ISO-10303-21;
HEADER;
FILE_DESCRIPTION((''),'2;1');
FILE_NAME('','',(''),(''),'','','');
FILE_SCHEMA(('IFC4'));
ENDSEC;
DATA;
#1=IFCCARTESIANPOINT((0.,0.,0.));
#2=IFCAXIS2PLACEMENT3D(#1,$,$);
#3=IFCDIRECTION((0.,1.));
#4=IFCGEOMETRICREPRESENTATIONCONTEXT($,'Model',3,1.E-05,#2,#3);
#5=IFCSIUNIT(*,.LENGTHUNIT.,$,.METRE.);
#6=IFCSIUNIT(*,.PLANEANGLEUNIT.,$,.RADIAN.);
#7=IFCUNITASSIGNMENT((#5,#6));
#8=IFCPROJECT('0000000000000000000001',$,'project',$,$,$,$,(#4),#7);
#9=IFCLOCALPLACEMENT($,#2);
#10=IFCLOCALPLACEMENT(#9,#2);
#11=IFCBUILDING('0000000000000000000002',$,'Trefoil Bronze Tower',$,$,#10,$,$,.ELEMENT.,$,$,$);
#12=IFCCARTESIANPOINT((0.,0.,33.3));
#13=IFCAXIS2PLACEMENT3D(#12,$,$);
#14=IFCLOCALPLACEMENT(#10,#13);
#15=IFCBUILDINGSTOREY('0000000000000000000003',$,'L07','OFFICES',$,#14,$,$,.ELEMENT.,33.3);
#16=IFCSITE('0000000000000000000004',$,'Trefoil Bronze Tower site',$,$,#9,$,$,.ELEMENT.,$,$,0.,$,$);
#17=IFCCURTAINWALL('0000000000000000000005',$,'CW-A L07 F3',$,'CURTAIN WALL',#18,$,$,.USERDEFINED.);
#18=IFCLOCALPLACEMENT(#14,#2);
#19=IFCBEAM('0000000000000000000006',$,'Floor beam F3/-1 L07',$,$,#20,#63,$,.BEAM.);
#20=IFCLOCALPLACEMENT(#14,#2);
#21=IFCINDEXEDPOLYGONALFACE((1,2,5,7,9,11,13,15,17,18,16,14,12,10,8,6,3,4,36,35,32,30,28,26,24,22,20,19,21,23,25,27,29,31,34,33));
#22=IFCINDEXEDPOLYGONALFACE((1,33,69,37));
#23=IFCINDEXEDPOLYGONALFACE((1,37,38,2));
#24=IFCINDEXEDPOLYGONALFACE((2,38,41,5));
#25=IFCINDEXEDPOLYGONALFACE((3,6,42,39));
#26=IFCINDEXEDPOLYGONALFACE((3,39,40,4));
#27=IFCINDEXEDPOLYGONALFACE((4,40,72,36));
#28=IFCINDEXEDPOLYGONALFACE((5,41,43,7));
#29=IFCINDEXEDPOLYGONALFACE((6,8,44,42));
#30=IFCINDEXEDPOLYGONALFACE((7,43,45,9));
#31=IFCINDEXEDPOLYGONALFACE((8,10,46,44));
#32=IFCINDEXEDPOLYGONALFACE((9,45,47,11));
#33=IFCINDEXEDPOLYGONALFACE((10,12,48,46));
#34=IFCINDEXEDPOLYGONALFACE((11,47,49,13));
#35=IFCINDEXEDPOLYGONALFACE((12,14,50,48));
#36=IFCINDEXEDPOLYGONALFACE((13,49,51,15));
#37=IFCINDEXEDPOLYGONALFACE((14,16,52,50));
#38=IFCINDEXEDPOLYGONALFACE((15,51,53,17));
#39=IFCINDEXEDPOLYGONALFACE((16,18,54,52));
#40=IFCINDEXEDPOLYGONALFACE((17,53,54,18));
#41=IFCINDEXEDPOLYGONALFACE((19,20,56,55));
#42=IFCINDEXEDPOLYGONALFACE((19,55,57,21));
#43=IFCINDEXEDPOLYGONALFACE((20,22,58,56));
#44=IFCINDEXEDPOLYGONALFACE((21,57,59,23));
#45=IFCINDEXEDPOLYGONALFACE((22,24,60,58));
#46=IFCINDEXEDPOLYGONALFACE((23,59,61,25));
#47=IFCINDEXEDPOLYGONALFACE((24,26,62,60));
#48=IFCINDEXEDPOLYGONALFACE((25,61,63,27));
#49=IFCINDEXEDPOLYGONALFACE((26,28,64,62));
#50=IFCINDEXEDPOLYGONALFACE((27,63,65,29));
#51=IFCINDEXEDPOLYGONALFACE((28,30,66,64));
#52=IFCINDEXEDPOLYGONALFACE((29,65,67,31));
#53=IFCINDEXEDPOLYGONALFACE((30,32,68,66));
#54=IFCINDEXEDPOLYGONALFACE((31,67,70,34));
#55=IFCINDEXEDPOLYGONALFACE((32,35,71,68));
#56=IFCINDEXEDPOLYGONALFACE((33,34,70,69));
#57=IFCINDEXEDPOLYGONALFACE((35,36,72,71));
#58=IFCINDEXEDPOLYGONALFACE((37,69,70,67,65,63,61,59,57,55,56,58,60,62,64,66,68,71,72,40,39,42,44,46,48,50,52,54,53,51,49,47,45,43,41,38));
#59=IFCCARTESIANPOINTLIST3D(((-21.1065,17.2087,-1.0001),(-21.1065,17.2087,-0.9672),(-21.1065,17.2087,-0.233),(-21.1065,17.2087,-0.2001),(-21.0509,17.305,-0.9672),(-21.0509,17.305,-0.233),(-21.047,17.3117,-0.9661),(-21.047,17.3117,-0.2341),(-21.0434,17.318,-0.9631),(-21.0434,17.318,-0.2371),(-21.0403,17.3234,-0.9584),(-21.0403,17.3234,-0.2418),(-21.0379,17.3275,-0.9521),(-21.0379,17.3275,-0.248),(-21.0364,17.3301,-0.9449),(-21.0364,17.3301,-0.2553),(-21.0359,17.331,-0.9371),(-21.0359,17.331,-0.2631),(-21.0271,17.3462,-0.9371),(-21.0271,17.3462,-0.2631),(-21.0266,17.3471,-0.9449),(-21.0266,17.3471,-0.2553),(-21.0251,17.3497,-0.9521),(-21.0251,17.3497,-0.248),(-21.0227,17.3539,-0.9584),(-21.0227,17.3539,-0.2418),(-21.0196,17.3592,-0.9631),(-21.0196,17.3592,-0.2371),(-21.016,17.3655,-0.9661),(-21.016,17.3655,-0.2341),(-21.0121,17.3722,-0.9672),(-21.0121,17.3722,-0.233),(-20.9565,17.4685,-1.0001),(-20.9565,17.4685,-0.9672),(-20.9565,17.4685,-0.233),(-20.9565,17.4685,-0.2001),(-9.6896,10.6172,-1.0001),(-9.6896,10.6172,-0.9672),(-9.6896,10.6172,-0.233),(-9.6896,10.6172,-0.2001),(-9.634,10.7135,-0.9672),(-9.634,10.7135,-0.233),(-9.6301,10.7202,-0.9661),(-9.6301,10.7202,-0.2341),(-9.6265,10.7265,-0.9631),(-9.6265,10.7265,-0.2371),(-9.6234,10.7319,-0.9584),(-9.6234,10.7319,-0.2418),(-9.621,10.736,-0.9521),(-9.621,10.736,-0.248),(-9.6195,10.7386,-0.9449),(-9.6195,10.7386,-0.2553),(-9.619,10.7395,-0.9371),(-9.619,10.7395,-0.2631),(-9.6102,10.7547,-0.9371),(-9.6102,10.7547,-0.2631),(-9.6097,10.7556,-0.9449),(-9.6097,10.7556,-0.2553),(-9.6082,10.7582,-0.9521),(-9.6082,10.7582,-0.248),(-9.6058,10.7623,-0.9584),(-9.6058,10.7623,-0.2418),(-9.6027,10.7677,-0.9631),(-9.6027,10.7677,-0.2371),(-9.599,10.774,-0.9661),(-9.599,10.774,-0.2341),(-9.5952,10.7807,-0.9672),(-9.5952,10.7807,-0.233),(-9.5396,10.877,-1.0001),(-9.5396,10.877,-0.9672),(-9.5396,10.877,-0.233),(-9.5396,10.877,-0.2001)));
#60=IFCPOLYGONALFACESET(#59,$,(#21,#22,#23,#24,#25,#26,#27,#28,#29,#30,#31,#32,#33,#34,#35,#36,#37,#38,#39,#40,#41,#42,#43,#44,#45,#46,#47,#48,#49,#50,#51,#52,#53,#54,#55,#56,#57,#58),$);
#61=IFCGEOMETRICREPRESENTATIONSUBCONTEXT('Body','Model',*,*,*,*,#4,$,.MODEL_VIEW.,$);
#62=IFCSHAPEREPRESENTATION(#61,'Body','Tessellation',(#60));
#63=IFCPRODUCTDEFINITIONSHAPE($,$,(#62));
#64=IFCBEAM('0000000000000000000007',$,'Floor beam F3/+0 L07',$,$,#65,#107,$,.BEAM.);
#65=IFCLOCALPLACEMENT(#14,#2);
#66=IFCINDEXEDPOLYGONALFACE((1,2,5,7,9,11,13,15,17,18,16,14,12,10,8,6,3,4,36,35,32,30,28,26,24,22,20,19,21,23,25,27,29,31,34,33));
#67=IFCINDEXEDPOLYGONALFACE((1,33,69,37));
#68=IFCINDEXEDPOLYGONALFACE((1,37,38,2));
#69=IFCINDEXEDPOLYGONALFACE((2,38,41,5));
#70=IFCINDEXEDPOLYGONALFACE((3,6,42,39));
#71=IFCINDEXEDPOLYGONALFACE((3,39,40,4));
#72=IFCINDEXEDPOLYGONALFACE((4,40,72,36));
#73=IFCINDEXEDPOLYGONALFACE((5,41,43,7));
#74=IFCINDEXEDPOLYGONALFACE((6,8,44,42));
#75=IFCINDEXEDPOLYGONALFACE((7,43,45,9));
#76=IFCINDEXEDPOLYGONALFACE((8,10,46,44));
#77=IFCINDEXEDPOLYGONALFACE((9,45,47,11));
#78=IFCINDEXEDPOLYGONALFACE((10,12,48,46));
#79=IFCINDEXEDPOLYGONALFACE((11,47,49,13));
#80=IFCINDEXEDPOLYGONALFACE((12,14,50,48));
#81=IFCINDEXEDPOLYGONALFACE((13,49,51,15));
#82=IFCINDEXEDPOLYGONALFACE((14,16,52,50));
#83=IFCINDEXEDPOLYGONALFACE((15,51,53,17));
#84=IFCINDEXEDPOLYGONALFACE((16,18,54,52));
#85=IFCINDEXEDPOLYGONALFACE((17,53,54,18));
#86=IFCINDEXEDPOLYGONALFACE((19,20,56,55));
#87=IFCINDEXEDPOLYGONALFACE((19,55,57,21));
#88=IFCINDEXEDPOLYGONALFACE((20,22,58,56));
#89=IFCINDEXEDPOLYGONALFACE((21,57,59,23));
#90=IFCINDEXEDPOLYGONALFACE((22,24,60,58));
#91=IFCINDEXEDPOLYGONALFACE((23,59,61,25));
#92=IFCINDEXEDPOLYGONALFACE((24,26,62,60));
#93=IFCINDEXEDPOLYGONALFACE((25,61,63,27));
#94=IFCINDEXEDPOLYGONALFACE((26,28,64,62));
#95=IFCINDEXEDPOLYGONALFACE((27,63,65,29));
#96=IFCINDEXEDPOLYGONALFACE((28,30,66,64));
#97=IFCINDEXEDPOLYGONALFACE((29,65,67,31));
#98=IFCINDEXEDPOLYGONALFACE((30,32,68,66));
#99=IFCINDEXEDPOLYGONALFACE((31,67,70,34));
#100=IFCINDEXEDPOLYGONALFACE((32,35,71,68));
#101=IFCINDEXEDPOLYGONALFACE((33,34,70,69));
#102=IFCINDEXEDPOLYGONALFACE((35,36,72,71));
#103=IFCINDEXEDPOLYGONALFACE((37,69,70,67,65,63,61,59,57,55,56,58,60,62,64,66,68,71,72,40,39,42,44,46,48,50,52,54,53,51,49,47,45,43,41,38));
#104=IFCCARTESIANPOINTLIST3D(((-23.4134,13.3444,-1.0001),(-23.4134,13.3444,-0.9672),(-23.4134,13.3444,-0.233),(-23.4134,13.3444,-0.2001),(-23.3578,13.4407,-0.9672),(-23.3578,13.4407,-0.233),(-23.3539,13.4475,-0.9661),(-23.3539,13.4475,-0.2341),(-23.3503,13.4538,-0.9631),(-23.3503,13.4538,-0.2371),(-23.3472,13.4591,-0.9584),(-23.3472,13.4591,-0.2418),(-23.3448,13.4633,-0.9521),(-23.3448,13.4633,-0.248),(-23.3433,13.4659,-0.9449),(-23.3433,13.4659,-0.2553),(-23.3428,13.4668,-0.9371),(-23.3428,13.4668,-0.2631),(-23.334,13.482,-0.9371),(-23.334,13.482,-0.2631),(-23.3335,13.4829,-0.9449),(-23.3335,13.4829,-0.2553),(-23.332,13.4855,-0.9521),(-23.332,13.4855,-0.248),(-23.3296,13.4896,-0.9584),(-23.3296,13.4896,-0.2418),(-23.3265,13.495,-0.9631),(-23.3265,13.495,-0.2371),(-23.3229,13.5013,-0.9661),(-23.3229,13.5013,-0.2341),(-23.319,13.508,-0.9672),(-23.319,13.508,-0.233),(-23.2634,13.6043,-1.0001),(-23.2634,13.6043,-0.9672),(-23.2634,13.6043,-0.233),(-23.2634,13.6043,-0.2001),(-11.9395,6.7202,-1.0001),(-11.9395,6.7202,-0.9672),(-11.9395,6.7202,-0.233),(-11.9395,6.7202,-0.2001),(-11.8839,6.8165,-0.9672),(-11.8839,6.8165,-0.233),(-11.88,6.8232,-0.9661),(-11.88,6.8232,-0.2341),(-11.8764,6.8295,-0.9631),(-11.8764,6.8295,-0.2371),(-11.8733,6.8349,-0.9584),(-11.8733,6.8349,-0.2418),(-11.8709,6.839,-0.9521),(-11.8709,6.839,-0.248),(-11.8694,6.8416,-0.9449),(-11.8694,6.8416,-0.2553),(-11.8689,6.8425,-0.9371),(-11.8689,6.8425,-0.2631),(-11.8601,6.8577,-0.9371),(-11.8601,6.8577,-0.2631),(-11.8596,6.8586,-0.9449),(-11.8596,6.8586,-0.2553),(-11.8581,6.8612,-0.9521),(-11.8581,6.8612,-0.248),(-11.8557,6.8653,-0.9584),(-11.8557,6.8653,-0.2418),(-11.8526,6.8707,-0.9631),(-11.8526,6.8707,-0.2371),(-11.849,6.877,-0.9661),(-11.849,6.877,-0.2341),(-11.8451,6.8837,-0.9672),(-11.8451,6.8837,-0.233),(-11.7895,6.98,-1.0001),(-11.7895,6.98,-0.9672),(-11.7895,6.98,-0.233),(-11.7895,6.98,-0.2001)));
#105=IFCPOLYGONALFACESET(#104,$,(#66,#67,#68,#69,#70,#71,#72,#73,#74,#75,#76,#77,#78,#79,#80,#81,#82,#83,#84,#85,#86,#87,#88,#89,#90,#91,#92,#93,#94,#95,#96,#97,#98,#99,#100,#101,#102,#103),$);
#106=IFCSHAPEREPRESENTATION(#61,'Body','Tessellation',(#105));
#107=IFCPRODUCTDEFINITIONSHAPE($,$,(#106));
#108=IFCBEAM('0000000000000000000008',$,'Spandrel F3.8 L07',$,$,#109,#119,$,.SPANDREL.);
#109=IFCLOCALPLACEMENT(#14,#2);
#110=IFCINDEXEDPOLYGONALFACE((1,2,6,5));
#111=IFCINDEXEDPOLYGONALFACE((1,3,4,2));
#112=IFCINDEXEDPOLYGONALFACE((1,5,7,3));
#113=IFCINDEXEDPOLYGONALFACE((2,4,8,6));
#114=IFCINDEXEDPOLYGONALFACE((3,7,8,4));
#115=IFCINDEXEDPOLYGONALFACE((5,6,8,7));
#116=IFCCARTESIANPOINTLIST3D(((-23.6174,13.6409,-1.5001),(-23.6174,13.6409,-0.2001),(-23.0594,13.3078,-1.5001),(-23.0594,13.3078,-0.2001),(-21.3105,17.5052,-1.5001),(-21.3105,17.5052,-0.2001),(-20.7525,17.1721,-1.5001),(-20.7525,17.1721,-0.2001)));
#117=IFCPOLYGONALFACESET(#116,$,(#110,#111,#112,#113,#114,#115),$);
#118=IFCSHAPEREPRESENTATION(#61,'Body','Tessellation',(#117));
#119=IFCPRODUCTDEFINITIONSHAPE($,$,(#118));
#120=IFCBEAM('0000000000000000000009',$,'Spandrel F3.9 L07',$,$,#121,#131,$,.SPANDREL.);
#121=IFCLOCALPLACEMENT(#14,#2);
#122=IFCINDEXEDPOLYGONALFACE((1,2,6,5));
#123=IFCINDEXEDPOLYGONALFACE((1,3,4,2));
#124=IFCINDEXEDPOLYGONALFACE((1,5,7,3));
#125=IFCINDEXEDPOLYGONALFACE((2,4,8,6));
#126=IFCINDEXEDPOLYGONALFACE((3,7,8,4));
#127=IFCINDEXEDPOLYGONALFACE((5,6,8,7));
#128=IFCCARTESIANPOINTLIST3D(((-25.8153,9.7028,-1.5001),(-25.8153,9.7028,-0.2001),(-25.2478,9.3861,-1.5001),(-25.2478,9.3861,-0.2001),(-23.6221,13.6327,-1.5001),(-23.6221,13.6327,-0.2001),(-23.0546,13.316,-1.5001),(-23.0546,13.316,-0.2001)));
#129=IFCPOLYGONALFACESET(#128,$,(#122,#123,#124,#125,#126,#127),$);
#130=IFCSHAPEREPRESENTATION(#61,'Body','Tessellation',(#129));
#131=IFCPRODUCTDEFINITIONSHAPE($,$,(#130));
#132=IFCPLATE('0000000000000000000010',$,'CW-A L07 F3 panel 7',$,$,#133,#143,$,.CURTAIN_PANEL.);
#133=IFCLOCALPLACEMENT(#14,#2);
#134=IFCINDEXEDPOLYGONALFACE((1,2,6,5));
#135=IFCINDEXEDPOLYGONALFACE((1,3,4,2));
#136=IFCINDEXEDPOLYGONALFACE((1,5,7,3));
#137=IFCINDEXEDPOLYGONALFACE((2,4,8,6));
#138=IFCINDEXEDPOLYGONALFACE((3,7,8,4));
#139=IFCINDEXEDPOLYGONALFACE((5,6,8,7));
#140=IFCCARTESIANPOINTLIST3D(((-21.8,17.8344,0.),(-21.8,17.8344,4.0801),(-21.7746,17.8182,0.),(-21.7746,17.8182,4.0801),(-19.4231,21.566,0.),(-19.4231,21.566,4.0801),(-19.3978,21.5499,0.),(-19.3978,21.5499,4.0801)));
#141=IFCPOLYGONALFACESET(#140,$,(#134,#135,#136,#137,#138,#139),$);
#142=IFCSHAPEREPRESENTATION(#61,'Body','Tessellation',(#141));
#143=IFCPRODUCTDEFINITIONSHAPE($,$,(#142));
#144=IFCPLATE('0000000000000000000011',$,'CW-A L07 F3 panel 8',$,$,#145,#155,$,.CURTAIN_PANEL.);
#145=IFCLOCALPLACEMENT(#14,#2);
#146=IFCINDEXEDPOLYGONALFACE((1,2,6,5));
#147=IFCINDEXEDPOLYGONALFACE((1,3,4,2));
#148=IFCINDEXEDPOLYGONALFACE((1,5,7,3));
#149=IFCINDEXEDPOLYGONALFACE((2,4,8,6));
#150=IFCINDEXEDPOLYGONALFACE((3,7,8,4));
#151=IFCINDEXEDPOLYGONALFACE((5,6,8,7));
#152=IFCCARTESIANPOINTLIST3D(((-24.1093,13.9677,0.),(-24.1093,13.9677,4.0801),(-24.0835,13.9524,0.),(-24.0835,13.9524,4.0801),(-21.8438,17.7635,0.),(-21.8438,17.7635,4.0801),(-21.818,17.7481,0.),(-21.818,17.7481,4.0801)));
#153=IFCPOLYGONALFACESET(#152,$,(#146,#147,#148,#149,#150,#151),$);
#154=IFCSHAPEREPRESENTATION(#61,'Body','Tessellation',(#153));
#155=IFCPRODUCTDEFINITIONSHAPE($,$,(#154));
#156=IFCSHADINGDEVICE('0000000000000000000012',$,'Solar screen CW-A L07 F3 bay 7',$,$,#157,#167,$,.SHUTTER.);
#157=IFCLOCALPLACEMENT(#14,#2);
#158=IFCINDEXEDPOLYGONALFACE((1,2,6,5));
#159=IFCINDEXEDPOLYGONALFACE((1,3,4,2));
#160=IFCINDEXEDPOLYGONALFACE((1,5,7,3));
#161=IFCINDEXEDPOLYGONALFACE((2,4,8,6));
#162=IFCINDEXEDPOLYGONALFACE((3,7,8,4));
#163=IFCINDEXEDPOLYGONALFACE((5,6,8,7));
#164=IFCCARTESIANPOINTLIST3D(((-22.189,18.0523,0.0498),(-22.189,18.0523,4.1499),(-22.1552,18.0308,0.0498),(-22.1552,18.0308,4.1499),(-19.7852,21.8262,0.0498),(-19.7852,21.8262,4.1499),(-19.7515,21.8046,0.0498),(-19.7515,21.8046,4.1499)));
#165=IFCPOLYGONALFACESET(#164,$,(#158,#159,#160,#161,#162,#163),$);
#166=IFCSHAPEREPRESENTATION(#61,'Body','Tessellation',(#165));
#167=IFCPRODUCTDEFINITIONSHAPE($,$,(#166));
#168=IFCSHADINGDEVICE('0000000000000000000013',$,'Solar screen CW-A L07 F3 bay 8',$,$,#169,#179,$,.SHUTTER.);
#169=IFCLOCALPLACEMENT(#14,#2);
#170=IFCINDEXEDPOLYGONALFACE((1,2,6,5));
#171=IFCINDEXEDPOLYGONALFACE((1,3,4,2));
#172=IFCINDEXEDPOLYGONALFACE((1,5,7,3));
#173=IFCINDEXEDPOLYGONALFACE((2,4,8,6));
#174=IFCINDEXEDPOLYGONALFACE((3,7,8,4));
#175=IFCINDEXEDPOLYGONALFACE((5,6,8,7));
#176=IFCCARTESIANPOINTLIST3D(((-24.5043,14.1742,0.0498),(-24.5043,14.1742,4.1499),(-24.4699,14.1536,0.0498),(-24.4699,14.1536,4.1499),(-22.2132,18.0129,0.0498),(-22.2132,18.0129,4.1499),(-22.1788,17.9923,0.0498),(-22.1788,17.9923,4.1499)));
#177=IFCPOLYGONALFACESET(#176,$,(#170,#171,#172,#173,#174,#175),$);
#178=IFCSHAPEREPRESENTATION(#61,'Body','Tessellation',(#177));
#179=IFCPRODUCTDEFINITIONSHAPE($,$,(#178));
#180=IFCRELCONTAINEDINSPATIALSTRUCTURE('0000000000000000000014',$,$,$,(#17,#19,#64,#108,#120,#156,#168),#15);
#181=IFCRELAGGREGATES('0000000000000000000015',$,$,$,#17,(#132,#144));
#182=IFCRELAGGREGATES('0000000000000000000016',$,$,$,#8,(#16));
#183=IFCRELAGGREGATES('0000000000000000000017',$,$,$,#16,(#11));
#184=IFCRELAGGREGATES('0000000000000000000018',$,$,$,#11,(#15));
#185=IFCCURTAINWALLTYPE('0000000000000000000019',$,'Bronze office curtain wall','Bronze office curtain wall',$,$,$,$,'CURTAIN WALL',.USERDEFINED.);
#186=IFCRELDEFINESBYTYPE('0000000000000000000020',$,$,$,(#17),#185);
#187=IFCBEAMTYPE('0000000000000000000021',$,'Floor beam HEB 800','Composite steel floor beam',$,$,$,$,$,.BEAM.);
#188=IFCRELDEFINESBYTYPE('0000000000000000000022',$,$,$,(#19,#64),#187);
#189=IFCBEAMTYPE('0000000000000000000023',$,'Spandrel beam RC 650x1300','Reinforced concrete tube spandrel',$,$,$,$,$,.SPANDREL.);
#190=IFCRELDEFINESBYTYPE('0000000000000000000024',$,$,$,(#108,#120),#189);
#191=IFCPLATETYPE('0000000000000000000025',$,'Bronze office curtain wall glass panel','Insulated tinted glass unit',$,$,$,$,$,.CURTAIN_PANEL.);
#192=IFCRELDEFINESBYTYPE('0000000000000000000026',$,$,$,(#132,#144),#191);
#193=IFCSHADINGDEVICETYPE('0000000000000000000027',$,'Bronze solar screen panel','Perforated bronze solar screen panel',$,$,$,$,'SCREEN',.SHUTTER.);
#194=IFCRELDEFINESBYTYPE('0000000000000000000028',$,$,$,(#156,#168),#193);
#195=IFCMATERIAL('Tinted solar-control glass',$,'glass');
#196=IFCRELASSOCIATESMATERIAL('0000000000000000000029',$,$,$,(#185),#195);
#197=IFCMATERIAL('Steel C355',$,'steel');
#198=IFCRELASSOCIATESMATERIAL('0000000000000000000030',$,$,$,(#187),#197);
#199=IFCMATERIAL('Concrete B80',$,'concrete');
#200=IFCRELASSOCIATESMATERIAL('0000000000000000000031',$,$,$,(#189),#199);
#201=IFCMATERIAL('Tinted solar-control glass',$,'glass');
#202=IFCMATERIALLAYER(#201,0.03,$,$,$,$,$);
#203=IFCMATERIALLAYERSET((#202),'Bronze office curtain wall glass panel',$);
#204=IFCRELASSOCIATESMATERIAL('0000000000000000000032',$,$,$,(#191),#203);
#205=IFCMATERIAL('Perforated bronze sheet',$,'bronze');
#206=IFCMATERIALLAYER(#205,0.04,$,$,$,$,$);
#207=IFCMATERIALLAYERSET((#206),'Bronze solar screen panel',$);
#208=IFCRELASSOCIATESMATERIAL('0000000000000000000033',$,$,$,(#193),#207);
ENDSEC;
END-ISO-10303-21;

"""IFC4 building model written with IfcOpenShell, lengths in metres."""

from ifc_helpers import new_model, si_unit, direction, frame, origin, origin_2d, place, context, subcontext, project, spatial, rectangle, i_section, extrude, material, layer, layer_set, material_profile, profile_set, type_object, element, aggregate, save


model = new_model("IFC4")

# Units and contexts
model_context = context("Model", 3, precision=1e-05, world=origin(), true_north=direction((0.0, 1.0)))
body_context = subcontext(model_context, "Body", "Model", "MODEL_VIEW")
ifc_project = project(units=[si_unit("LENGTHUNIT", "METRE"), si_unit("PLANEANGLEUNIT", "RADIAN")], contexts=[model_context])

# Site, building, storey
site_placement = place(None, origin())
site = spatial("IfcSite", under=ifc_project, at=site_placement, Name="Trefoil Bronze Tower site", CompositionType="ELEMENT", RefElevation=0.0)
building_placement = place(site_placement, origin())
building = spatial("IfcBuilding", under=site, at=building_placement, Name="Trefoil Bronze Tower", CompositionType="ELEMENT")
storey_placement = place(building_placement, frame((0.0, 0.0, 33.3)))
storey = spatial("IfcBuildingStorey", under=building, at=storey_placement, Name="L07", Description="OFFICES", CompositionType="ELEMENT", Elevation=33.3)

# Curtain wall
ifc_material_1 = material(Name="Tinted solar-control glass", Category="glass")
curtain_wall_type = type_object("IfcCurtainWallType", Name="Bronze office curtain wall", Description="Bronze office curtain wall", ElementType="CURTAIN WALL", PredefinedType="USERDEFINED", material=ifc_material_1)
curtain_wall_placement = place(storey_placement, origin())
curtain_wall = element("IfcCurtainWall", 1, at=curtain_wall_placement, inside=storey, type_object=curtain_wall_type, Name="CW-A L07 F3", ObjectType="CURTAIN WALL", PredefinedType="USERDEFINED")

# Beams
ifc_material_2 = material(Name="Steel C355", Category="steel")
ifc_material_profile_1 = material_profile(ifc_material_2, i_section(OverallWidth=0.3, OverallDepth=0.8, WebThickness=0.0176, FlangeThickness=0.033, FilletRadius=0.03, at=origin_2d()), Name="HEB 800")
ifc_profile_set_1 = profile_set([ifc_material_profile_1], Name="Steel C355")
beam_type_1 = type_object("IfcBeamType", Name="Floor beam HEB 800", Description="Composite steel floor beam", PredefinedType="BEAM", material=ifc_profile_set_1)
beam_1_placement = place(storey_placement, frame((-21.0315, 17.3386, -0.6001), z_axis=(0.866027, -0.499997, 0.0), x_axis=(0.499997, 0.866027, 0.0)))
element("IfcBeam", 2, at=beam_1_placement, inside=storey, type_object=beam_type_1, Name="Floor beam F3/-1 L07", PredefinedType="BEAM", context=body_context, shape_type="SweptSolid", body=[
    extrude(i_section(OverallWidth=0.3, OverallDepth=0.8, WebThickness=0.0176, FlangeThickness=0.033, FilletRadius=0.03, at=origin_2d()), origin(), (0.0, 0.0, 1.0), 13.1831),
])
beam_2_placement = place(storey_placement, frame((-23.3384, 13.4744, -0.6001), z_axis=(0.866031, -0.49999, 0.0), x_axis=(0.49999, 0.866031, 0.0)))
element("IfcBeam", 3, at=beam_2_placement, inside=storey, type_object=beam_type_1, Name="Floor beam F3/+0 L07", PredefinedType="BEAM", context=body_context, shape_type="SweptSolid", body=[
    extrude(i_section(OverallWidth=0.3, OverallDepth=0.8, WebThickness=0.0176, FlangeThickness=0.033, FilletRadius=0.03, at=origin_2d()), origin(), (0.0, 0.0, 1.0), 13.2488),
])
ifc_material_3 = material(Name="Concrete B80", Category="concrete")
ifc_material_profile_2 = material_profile(ifc_material_3, rectangle(XDim=0.6499, YDim=1.3, at=origin_2d()), Name="RC 650x1300")
ifc_profile_set_2 = profile_set([ifc_material_profile_2], Name="Concrete B80")
beam_type_2 = type_object("IfcBeamType", Name="Spandrel beam RC 650x1300", Description="Reinforced concrete tube spandrel", PredefinedType="SPANDREL", material=ifc_profile_set_2)
for number, where, z_axis, x_axis, name in (
    (4, (-21.0315, 17.3386, -0.8501), (-0.512588, -0.858635, 0.0), (0.858635, -0.512588, 0.0), "Spandrel F3.8 L07"),
    (5, (-23.3384, 13.4744, -0.8501), (-0.487309, -0.873229, 0.0), (0.873229, -0.487309, 0.0), "Spandrel F3.9 L07"),
):
    element("IfcBeam", number, at=place(storey_placement, frame(where, z_axis=z_axis, x_axis=x_axis)), inside=storey, type_object=beam_type_2, Name=name, PredefinedType="SPANDREL", context=body_context, shape_type="SweptSolid", body=[
        extrude(rectangle(XDim=0.6499, YDim=1.3, at=origin_2d()), origin(), (0.0, 0.0, 1.0), 4.5005),
    ])

# Plates
ifc_material_4 = material(Name="Tinted solar-control glass", Category="glass")
ifc_layer_1 = layer(ifc_material_4, 0.03)
ifc_layer_set_1 = layer_set([ifc_layer_1], Name="Bronze office curtain wall glass panel")
plate_type = type_object("IfcPlateType", Name="Bronze office curtain wall glass panel", Description="Insulated tinted glass unit", PredefinedType="CURTAIN_PANEL", material=ifc_layer_set_1)
plate_1_placement = place(storey_placement, frame((-20.5989, 19.6921, 0.0), z_axis=(0.0, 0.0, 1.0), x_axis=(-0.537222, -0.843441, 0.0)))
plate_1 = element("IfcPlate", 6, at=plate_1_placement, type_object=plate_type, Name="CW-A L07 F3 panel 7", PredefinedType="CURTAIN_PANEL", context=body_context, shape_type="SweptSolid", body=[
    extrude(rectangle(XDim=4.4243, YDim=0.03, at=origin_2d()), origin(), (0.0, 0.0, 1.0), 4.0801),
])
plate_2_placement = place(storey_placement, frame((-22.9636, 15.8579, 0.0), z_axis=(0.0, 0.0, 1.0), x_axis=(-0.512513, -0.85868, 0.0)))
plate_2 = element("IfcPlate", 7, at=plate_2_placement, type_object=plate_type, Name="CW-A L07 F3 panel 8", PredefinedType="CURTAIN_PANEL", context=body_context, shape_type="SweptSolid", body=[
    extrude(rectangle(XDim=4.4204, YDim=0.03, at=origin_2d()), origin(), (0.0, 0.0, 1.0), 4.0801),
])
aggregate(curtain_wall, [plate_1, plate_2])

# Shading devices
ifc_material_5 = material(Name="Perforated bronze sheet", Category="bronze")
ifc_layer_2 = layer(ifc_material_5, 0.04)
ifc_layer_set_2 = layer_set([ifc_layer_2], Name="Bronze solar screen panel")
shading_device_type = type_object("IfcShadingDeviceType", Name="Bronze solar screen panel", Description="Perforated bronze solar screen panel", ElementType="SCREEN", PredefinedType="SHUTTER", material=ifc_layer_set_2)
shading_device_1_placement = place(storey_placement, frame((-20.9702, 19.9285, 0.0498), z_axis=(0.0, 0.0, 1.0), x_axis=(-0.537222, -0.843441, 0.0)))
element("IfcShadingDevice", 8, at=shading_device_1_placement, inside=storey, type_object=shading_device_type, Name="Solar screen CW-A L07 F3 bay 7", PredefinedType="SHUTTER", context=body_context, shape_type="SweptSolid", body=[
    extrude(rectangle(XDim=4.4744, YDim=0.04, at=origin_2d()), origin(), (0.0, 0.0, 1.0), 4.1001),
])
shading_device_2_placement = place(storey_placement, frame((-23.3416, 16.0833, 0.0498), z_axis=(0.0, 0.0, 1.0), x_axis=(-0.512513, -0.85868, 0.0)))
element("IfcShadingDevice", 9, at=shading_device_2_placement, inside=storey, type_object=shading_device_type, Name="Solar screen CW-A L07 F3 bay 8", PredefinedType="SHUTTER", context=body_context, shape_type="SweptSolid", body=[
    extrude(rectangle(XDim=4.4705, YDim=0.04, at=origin_2d()), origin(), (0.0, 0.0, 1.0), 4.1001),
])

save(model, "model.ifc")
